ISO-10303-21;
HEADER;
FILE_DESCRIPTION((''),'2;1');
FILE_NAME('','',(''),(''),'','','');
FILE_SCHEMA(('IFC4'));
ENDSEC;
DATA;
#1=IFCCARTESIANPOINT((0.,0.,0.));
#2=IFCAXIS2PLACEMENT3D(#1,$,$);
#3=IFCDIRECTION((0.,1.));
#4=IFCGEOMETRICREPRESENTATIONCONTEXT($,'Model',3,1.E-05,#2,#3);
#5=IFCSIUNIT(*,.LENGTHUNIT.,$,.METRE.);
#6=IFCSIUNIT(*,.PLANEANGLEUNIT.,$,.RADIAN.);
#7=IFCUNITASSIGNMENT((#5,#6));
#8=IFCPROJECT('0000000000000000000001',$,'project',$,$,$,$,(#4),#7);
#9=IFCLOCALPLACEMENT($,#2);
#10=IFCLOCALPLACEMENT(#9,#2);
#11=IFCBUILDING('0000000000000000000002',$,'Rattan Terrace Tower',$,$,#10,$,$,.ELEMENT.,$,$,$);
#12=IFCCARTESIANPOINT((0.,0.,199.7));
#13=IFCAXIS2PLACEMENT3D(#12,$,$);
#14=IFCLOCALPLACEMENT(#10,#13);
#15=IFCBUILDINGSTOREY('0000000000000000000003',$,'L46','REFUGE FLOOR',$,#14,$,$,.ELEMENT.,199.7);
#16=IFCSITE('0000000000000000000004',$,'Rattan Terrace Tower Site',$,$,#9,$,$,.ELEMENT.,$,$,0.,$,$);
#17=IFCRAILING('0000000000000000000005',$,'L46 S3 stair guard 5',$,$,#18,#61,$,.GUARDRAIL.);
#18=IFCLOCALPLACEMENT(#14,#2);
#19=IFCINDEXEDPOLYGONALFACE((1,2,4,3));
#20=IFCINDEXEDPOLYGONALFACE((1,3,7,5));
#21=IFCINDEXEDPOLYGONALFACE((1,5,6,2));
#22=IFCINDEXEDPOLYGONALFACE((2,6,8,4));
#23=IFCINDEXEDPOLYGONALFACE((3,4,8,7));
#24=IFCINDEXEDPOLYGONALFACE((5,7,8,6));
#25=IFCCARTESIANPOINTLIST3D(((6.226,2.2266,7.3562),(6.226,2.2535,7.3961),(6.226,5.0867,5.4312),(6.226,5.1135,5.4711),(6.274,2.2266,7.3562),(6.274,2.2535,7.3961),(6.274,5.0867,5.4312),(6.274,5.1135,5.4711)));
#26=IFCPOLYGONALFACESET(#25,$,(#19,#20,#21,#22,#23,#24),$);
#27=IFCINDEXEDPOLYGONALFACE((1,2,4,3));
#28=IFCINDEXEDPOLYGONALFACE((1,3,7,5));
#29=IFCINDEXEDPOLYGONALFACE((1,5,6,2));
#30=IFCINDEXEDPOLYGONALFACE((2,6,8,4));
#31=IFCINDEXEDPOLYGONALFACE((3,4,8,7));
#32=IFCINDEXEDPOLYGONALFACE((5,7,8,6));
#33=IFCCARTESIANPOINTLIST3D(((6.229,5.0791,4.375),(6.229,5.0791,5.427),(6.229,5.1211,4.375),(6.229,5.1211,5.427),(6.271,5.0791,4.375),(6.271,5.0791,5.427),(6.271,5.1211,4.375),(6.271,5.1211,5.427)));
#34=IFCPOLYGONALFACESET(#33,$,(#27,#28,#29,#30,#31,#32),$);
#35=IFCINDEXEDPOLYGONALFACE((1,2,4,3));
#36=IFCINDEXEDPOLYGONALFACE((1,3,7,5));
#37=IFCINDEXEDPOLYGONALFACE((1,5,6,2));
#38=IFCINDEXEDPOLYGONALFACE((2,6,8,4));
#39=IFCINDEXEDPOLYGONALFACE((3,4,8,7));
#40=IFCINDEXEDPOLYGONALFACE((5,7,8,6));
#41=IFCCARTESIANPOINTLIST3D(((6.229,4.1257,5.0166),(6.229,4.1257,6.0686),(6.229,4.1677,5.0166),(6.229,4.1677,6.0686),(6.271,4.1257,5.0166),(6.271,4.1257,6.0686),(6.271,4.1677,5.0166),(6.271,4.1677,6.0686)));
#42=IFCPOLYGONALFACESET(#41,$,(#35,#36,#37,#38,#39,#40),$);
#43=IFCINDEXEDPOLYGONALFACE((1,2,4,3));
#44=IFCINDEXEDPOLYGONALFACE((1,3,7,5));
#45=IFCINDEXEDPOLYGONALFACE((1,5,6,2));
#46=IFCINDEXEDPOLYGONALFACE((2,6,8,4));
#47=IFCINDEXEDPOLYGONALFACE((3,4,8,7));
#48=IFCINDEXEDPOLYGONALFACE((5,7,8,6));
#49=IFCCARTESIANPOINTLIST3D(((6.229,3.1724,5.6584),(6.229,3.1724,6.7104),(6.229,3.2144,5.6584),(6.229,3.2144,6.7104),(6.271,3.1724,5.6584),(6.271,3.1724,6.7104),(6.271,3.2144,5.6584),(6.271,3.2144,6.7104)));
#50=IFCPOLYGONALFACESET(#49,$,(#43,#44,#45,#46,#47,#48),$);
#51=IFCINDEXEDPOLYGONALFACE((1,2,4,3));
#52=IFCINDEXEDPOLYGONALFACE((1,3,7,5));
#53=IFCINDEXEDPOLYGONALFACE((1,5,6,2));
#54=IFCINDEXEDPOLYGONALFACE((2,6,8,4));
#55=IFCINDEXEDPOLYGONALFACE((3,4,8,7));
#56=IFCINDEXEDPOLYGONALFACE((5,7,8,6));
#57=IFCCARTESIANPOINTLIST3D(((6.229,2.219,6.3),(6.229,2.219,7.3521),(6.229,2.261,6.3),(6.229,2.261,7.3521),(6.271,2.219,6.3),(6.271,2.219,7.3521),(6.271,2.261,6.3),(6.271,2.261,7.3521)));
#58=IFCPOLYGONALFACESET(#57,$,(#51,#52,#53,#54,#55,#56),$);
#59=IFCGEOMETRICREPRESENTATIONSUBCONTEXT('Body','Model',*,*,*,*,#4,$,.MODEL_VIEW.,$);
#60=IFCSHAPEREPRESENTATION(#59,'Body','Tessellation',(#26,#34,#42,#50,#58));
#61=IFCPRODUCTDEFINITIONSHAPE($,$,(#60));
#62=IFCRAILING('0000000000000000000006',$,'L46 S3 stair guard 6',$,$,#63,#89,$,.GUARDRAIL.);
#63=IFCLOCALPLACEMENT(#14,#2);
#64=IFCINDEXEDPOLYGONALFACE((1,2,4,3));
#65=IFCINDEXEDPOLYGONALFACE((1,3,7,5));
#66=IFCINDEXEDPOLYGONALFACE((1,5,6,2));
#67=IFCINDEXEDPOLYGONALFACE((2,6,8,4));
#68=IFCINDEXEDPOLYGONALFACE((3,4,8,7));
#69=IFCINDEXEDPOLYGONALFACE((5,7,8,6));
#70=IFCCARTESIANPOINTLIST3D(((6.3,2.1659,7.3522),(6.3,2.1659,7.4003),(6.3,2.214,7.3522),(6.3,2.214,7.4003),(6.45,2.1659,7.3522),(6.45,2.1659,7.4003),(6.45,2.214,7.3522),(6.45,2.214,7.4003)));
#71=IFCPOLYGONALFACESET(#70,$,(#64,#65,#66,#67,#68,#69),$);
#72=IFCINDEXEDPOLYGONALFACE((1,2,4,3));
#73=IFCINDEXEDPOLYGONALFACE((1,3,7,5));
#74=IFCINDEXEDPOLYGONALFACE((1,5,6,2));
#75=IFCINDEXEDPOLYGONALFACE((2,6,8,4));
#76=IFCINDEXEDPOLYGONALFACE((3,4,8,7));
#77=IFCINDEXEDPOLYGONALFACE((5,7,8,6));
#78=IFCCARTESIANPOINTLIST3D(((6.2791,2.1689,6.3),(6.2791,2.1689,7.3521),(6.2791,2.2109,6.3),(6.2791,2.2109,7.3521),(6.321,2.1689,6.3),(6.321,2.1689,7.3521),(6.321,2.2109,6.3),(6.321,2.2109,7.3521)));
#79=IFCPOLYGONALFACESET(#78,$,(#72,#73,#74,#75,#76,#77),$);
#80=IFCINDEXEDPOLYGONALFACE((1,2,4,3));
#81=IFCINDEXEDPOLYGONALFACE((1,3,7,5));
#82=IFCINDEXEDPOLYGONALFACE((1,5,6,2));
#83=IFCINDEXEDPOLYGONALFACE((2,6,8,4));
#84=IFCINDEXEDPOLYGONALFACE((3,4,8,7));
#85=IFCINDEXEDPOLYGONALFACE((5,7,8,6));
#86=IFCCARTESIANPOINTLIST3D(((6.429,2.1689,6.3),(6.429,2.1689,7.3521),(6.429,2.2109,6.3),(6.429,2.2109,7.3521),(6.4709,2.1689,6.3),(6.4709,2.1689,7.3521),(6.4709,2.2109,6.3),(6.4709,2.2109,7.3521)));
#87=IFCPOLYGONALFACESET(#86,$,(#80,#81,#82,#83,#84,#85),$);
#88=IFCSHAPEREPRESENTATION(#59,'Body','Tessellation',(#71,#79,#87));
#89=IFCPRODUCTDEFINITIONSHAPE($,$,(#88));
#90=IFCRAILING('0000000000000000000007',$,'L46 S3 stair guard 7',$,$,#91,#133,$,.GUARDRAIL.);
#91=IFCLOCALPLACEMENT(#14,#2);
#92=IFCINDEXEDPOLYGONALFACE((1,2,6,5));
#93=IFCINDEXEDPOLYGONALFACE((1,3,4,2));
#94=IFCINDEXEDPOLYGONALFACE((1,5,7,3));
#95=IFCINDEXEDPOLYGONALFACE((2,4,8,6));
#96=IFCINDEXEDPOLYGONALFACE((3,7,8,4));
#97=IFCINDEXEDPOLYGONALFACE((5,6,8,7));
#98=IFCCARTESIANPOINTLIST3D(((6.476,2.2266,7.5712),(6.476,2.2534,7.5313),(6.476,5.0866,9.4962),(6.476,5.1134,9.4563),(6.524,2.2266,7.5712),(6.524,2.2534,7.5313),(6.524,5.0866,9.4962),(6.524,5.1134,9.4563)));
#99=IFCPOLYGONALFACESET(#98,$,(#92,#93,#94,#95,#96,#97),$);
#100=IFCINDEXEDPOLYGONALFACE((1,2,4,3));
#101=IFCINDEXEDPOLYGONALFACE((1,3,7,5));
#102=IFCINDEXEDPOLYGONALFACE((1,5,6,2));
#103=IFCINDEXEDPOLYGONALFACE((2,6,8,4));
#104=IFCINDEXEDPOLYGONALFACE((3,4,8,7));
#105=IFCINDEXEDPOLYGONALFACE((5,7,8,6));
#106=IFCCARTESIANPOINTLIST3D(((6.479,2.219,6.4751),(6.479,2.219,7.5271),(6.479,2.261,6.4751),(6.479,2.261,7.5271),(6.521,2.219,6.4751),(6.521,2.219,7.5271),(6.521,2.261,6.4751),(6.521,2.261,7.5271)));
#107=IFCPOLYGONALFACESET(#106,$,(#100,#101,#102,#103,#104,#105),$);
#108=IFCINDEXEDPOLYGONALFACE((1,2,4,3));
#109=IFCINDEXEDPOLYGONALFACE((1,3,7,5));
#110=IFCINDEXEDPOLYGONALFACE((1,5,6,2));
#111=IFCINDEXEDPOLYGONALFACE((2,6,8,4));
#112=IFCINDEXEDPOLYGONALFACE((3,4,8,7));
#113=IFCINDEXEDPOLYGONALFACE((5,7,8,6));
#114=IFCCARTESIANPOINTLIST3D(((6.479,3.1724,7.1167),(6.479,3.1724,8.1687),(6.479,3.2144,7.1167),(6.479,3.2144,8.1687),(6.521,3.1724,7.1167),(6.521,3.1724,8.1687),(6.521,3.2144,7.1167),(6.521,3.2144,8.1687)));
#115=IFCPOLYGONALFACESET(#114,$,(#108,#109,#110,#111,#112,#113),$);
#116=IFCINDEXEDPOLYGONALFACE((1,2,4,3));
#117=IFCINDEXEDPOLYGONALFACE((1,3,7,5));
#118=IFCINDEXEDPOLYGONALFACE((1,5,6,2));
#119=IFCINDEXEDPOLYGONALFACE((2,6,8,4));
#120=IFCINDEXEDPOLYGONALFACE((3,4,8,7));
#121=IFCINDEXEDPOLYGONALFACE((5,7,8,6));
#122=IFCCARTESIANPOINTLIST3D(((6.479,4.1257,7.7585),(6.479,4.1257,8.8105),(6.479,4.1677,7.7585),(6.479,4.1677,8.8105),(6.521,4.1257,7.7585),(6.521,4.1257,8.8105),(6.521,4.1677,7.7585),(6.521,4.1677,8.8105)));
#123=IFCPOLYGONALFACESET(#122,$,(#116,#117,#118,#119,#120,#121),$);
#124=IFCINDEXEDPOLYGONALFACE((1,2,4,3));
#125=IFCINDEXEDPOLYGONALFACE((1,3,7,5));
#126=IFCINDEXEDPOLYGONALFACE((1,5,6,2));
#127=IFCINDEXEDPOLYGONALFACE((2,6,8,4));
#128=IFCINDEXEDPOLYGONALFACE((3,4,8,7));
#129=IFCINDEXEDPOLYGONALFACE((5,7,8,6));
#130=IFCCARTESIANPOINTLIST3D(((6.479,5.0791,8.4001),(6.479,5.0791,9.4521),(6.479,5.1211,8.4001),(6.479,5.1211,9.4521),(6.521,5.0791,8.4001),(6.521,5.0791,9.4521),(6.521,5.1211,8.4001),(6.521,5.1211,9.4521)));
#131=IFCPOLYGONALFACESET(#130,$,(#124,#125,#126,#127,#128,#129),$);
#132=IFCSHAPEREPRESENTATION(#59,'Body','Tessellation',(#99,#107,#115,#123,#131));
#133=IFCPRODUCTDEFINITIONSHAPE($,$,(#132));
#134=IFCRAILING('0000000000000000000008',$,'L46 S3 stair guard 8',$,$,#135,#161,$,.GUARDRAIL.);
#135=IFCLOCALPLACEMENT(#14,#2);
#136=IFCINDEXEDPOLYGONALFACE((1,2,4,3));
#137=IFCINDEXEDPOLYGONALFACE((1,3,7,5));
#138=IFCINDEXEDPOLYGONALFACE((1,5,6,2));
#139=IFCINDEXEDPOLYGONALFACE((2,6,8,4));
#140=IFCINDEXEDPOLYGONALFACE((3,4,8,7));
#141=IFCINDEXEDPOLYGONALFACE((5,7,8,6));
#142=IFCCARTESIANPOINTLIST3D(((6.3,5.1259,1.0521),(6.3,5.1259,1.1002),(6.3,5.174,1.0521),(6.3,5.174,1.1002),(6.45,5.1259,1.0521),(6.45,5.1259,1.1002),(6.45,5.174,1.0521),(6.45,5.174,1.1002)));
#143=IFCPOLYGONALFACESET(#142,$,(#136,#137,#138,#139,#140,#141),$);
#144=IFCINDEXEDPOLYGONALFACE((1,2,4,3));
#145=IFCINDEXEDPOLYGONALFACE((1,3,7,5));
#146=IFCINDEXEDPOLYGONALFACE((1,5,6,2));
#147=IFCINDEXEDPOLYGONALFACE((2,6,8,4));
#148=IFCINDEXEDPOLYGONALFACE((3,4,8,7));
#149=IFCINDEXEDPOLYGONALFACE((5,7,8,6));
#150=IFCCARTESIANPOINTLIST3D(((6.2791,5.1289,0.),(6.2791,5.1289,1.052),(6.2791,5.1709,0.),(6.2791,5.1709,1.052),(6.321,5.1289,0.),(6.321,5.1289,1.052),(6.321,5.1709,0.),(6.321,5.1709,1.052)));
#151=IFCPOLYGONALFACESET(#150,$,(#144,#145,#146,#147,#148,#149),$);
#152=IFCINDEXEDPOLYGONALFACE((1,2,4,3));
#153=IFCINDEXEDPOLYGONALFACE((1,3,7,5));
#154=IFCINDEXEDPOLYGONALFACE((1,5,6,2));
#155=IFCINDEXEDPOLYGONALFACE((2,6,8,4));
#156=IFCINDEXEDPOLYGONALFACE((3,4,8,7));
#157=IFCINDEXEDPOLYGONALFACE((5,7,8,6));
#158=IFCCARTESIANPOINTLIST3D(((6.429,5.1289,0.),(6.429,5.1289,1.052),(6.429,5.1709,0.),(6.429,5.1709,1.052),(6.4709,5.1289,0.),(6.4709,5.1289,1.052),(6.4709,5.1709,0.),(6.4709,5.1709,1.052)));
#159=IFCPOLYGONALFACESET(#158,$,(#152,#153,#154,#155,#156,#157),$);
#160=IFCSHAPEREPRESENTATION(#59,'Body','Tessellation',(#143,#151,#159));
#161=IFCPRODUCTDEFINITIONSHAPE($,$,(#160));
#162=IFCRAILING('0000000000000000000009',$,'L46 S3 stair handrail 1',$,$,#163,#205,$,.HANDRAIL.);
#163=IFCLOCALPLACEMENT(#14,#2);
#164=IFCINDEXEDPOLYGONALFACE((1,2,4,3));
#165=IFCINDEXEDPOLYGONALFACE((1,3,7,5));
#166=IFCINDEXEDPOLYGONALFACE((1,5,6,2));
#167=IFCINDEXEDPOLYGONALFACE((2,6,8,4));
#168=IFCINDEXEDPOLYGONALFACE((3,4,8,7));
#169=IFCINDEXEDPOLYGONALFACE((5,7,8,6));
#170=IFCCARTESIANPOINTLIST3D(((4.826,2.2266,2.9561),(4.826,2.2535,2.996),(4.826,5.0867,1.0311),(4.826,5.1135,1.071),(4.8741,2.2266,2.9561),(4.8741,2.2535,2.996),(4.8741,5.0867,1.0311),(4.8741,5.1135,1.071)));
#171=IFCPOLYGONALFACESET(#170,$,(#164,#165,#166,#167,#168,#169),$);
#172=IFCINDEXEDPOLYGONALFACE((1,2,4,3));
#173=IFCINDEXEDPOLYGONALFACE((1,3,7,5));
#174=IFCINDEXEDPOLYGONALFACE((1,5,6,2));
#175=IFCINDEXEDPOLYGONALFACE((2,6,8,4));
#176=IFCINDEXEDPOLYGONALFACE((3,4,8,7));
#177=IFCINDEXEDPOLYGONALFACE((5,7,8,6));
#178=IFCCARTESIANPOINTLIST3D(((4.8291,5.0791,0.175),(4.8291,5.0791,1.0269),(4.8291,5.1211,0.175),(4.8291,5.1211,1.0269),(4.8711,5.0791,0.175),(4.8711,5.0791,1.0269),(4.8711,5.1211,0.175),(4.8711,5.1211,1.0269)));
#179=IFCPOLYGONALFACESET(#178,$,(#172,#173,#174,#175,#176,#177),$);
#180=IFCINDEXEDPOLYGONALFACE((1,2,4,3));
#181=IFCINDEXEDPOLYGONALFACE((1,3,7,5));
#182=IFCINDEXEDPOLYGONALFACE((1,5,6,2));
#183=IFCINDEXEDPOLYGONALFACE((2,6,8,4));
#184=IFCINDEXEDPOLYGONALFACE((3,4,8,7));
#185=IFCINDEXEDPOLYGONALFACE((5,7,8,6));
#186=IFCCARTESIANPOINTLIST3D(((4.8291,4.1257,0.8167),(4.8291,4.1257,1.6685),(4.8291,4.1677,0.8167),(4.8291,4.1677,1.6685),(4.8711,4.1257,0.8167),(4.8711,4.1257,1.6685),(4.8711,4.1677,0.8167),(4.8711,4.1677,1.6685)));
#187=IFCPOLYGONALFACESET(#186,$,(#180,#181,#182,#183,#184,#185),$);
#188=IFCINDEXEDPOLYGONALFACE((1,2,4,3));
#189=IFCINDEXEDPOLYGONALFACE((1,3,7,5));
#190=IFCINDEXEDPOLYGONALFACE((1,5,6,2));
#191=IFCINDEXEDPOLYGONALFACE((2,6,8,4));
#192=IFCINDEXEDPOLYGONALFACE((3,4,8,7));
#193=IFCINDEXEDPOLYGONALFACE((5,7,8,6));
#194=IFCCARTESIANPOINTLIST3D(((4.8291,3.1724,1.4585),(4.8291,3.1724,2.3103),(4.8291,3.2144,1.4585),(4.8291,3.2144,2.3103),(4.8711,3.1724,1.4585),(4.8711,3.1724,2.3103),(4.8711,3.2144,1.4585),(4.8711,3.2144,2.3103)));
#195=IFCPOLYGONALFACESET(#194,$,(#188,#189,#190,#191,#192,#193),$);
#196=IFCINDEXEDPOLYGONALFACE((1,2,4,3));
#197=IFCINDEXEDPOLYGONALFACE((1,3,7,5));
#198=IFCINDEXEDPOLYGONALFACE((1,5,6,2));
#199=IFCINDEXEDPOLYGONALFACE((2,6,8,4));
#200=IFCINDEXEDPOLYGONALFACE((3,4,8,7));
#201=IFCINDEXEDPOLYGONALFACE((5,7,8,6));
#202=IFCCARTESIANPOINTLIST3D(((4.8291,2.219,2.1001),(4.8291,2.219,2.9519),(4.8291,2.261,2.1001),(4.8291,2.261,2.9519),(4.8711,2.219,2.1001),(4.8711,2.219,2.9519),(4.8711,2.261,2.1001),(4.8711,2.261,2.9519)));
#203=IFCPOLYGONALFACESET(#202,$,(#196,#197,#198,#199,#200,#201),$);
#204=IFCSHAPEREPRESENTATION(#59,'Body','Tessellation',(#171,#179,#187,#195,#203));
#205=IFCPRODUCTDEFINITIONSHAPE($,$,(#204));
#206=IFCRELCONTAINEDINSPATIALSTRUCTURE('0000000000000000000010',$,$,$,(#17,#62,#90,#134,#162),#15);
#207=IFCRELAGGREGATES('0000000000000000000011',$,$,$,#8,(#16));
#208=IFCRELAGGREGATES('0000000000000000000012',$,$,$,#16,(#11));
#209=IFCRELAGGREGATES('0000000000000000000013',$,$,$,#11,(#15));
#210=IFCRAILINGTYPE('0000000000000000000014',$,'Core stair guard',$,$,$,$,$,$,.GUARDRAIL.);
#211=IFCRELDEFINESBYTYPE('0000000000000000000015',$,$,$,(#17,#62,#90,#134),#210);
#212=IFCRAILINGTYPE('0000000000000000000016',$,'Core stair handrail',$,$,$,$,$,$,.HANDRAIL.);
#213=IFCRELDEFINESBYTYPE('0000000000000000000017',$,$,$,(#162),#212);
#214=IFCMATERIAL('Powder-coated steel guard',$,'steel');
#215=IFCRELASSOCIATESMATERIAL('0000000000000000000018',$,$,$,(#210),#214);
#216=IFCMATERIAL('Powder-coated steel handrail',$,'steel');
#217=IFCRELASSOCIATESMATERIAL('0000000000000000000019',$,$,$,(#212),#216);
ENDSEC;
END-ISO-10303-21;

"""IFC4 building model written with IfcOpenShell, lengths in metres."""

from ifc_helpers import new_model, si_unit, direction, frame, origin, origin_2d, place, context, subcontext, project, spatial, rectangle, extrude, material, type_object, element, save


model = new_model("IFC4")

# Units and contexts
model_context = context("Model", 3, precision=1e-05, world=origin(), true_north=direction((0.0, 1.0)))
body_context = subcontext(model_context, "Body", "Model", "MODEL_VIEW")
ifc_project = project(units=[si_unit("LENGTHUNIT", "METRE"), si_unit("PLANEANGLEUNIT", "RADIAN")], contexts=[model_context])

# Site, building, storey
site_placement = place(None, origin())
site = spatial("IfcSite", under=ifc_project, at=site_placement, Name="Rattan Terrace Tower Site", CompositionType="ELEMENT", RefElevation=0.0)
building_placement = place(site_placement, origin())
building = spatial("IfcBuilding", under=site, at=building_placement, Name="Rattan Terrace Tower", CompositionType="ELEMENT")
storey_placement = place(building_placement, frame((0.0, 0.0, 199.7)))
storey = spatial("IfcBuildingStorey", under=building, at=storey_placement, Name="L46", Description="REFUGE FLOOR", CompositionType="ELEMENT", Elevation=199.7)

# Railings
ifc_material_1 = material(Name="Powder-coated steel guard", Category="steel")
railing_type_1 = type_object("IfcRailingType", Name="Core stair guard", PredefinedType="GUARDRAIL", material=ifc_material_1)
railing_1_placement = place(storey_placement, frame((6.25, 5.1001, 4.375)))
element("IfcRailing", 1, at=railing_1_placement, inside=storey, type_object=railing_type_1, Name="L46 S3 stair guard 5", PredefinedType="GUARDRAIL", context=body_context, shape_type="SweptSolid", body=[
    extrude(rectangle(XDim=0.0481, YDim=0.0481, at=origin_2d()), frame((0.0, 0.0, 1.0762), z_axis=(0.0, -0.829591, 0.558372), x_axis=(1.0, 0.0, 0.0)), (0.0, 0.0, 1.0), 3.4475),
    extrude(rectangle(XDim=0.042, YDim=0.042, at=origin_2d()), origin(), (0.0, 0.0, 1.0), 1.052),
    extrude(rectangle(XDim=0.042, YDim=0.042, at=origin_2d()), frame((0.0, -0.9534, 0.6416)), (0.0, 0.0, 1.0), 1.052),
    extrude(rectangle(XDim=0.042, YDim=0.042, at=origin_2d()), frame((0.0, -1.9067, 1.2834)), (0.0, 0.0, 1.0), 1.052),
    extrude(rectangle(XDim=0.042, YDim=0.042, at=origin_2d()), frame((0.0, -2.8601, 1.925)), (0.0, 0.0, 1.0), 1.052),
])
railing_2_placement = place(storey_placement, frame((6.3, 2.1899, 6.3)))
element("IfcRailing", 2, at=railing_2_placement, inside=storey, type_object=railing_type_1, Name="L46 S3 stair guard 6", PredefinedType="GUARDRAIL", context=body_context, shape_type="SweptSolid", body=[
    extrude(rectangle(XDim=0.0481, YDim=0.0481, at=origin_2d()), frame((0.0, 0.0, 1.0762), z_axis=(1.0, 0.0, 0.0), x_axis=(0.0, 1.0, 0.0)), (0.0, 0.0, 1.0), 0.1499),
    extrude(rectangle(XDim=0.042, YDim=0.042, at=origin_2d()), origin(), (0.0, 0.0, 1.0), 1.052),
    extrude(rectangle(XDim=0.042, YDim=0.042, at=origin_2d()), frame((0.1499, 0.0, 0.0)), (0.0, 0.0, 1.0), 1.052),
])
railing_3_placement = place(storey_placement, frame((6.5, 2.24, 6.4751)))
element("IfcRailing", 3, at=railing_3_placement, inside=storey, type_object=railing_type_1, Name="L46 S3 stair guard 7", PredefinedType="GUARDRAIL", context=body_context, shape_type="SweptSolid", body=[
    extrude(rectangle(XDim=0.0481, YDim=0.0481, at=origin_2d()), frame((0.0, 0.0, 1.0762), z_axis=(0.0, 0.829591, 0.558372), x_axis=(-1.0, 0.0, 0.0)), (0.0, 0.0, 1.0), 3.4475),
    extrude(rectangle(XDim=0.042, YDim=0.042, at=origin_2d()), origin(), (0.0, 0.0, 1.0), 1.052),
    extrude(rectangle(XDim=0.042, YDim=0.042, at=origin_2d()), frame((0.0, 0.9534, 0.6416)), (0.0, 0.0, 1.0), 1.052),
    extrude(rectangle(XDim=0.042, YDim=0.042, at=origin_2d()), frame((0.0, 1.9067, 1.2834)), (0.0, 0.0, 1.0), 1.052),
    extrude(rectangle(XDim=0.042, YDim=0.042, at=origin_2d()), frame((0.0, 2.8601, 1.925)), (0.0, 0.0, 1.0), 1.052),
])
railing_4_placement = place(storey_placement, frame((6.3, 5.1499, 0.0)))
element("IfcRailing", 4, at=railing_4_placement, inside=storey, type_object=railing_type_1, Name="L46 S3 stair guard 8", PredefinedType="GUARDRAIL", context=body_context, shape_type="SweptSolid", body=[
    extrude(rectangle(XDim=0.0481, YDim=0.0481, at=origin_2d()), frame((0.0, 0.0, 1.0762), z_axis=(1.0, 0.0, 0.0), x_axis=(0.0, 1.0, 0.0)), (0.0, 0.0, 1.0), 0.1499),
    extrude(rectangle(XDim=0.042, YDim=0.042, at=origin_2d()), origin(), (0.0, 0.0, 1.0), 1.052),
    extrude(rectangle(XDim=0.042, YDim=0.042, at=origin_2d()), frame((0.1499, 0.0, 0.0)), (0.0, 0.0, 1.0), 1.052),
])
ifc_material_2 = material(Name="Powder-coated steel handrail", Category="steel")
railing_type_2 = type_object("IfcRailingType", Name="Core stair handrail", PredefinedType="HANDRAIL", material=ifc_material_2)
railing_5_placement = place(storey_placement, frame((4.8501, 5.1001, 0.175)))
element("IfcRailing", 5, at=railing_5_placement, inside=storey, type_object=railing_type_2, Name="L46 S3 stair handrail 1", PredefinedType="HANDRAIL", context=body_context, shape_type="SweptSolid", body=[
    extrude(rectangle(XDim=0.0481, YDim=0.0481, at=origin_2d()), frame((0.0, 0.0, 0.876), z_axis=(0.0, -0.829591, 0.558372), x_axis=(1.0, 0.0, 0.0)), (0.0, 0.0, 1.0), 3.4475),
    extrude(rectangle(XDim=0.042, YDim=0.042, at=origin_2d()), origin(), (0.0, 0.0, 1.0), 0.8518),
    extrude(rectangle(XDim=0.042, YDim=0.042, at=origin_2d()), frame((0.0, -0.9534, 0.6416)), (0.0, 0.0, 1.0), 0.8518),
    extrude(rectangle(XDim=0.042, YDim=0.042, at=origin_2d()), frame((0.0, -1.9067, 1.2834)), (0.0, 0.0, 1.0), 0.8518),
    extrude(rectangle(XDim=0.042, YDim=0.042, at=origin_2d()), frame((0.0, -2.8601, 1.925)), (0.0, 0.0, 1.0), 0.8518),
])

save(model, "model.ifc")
